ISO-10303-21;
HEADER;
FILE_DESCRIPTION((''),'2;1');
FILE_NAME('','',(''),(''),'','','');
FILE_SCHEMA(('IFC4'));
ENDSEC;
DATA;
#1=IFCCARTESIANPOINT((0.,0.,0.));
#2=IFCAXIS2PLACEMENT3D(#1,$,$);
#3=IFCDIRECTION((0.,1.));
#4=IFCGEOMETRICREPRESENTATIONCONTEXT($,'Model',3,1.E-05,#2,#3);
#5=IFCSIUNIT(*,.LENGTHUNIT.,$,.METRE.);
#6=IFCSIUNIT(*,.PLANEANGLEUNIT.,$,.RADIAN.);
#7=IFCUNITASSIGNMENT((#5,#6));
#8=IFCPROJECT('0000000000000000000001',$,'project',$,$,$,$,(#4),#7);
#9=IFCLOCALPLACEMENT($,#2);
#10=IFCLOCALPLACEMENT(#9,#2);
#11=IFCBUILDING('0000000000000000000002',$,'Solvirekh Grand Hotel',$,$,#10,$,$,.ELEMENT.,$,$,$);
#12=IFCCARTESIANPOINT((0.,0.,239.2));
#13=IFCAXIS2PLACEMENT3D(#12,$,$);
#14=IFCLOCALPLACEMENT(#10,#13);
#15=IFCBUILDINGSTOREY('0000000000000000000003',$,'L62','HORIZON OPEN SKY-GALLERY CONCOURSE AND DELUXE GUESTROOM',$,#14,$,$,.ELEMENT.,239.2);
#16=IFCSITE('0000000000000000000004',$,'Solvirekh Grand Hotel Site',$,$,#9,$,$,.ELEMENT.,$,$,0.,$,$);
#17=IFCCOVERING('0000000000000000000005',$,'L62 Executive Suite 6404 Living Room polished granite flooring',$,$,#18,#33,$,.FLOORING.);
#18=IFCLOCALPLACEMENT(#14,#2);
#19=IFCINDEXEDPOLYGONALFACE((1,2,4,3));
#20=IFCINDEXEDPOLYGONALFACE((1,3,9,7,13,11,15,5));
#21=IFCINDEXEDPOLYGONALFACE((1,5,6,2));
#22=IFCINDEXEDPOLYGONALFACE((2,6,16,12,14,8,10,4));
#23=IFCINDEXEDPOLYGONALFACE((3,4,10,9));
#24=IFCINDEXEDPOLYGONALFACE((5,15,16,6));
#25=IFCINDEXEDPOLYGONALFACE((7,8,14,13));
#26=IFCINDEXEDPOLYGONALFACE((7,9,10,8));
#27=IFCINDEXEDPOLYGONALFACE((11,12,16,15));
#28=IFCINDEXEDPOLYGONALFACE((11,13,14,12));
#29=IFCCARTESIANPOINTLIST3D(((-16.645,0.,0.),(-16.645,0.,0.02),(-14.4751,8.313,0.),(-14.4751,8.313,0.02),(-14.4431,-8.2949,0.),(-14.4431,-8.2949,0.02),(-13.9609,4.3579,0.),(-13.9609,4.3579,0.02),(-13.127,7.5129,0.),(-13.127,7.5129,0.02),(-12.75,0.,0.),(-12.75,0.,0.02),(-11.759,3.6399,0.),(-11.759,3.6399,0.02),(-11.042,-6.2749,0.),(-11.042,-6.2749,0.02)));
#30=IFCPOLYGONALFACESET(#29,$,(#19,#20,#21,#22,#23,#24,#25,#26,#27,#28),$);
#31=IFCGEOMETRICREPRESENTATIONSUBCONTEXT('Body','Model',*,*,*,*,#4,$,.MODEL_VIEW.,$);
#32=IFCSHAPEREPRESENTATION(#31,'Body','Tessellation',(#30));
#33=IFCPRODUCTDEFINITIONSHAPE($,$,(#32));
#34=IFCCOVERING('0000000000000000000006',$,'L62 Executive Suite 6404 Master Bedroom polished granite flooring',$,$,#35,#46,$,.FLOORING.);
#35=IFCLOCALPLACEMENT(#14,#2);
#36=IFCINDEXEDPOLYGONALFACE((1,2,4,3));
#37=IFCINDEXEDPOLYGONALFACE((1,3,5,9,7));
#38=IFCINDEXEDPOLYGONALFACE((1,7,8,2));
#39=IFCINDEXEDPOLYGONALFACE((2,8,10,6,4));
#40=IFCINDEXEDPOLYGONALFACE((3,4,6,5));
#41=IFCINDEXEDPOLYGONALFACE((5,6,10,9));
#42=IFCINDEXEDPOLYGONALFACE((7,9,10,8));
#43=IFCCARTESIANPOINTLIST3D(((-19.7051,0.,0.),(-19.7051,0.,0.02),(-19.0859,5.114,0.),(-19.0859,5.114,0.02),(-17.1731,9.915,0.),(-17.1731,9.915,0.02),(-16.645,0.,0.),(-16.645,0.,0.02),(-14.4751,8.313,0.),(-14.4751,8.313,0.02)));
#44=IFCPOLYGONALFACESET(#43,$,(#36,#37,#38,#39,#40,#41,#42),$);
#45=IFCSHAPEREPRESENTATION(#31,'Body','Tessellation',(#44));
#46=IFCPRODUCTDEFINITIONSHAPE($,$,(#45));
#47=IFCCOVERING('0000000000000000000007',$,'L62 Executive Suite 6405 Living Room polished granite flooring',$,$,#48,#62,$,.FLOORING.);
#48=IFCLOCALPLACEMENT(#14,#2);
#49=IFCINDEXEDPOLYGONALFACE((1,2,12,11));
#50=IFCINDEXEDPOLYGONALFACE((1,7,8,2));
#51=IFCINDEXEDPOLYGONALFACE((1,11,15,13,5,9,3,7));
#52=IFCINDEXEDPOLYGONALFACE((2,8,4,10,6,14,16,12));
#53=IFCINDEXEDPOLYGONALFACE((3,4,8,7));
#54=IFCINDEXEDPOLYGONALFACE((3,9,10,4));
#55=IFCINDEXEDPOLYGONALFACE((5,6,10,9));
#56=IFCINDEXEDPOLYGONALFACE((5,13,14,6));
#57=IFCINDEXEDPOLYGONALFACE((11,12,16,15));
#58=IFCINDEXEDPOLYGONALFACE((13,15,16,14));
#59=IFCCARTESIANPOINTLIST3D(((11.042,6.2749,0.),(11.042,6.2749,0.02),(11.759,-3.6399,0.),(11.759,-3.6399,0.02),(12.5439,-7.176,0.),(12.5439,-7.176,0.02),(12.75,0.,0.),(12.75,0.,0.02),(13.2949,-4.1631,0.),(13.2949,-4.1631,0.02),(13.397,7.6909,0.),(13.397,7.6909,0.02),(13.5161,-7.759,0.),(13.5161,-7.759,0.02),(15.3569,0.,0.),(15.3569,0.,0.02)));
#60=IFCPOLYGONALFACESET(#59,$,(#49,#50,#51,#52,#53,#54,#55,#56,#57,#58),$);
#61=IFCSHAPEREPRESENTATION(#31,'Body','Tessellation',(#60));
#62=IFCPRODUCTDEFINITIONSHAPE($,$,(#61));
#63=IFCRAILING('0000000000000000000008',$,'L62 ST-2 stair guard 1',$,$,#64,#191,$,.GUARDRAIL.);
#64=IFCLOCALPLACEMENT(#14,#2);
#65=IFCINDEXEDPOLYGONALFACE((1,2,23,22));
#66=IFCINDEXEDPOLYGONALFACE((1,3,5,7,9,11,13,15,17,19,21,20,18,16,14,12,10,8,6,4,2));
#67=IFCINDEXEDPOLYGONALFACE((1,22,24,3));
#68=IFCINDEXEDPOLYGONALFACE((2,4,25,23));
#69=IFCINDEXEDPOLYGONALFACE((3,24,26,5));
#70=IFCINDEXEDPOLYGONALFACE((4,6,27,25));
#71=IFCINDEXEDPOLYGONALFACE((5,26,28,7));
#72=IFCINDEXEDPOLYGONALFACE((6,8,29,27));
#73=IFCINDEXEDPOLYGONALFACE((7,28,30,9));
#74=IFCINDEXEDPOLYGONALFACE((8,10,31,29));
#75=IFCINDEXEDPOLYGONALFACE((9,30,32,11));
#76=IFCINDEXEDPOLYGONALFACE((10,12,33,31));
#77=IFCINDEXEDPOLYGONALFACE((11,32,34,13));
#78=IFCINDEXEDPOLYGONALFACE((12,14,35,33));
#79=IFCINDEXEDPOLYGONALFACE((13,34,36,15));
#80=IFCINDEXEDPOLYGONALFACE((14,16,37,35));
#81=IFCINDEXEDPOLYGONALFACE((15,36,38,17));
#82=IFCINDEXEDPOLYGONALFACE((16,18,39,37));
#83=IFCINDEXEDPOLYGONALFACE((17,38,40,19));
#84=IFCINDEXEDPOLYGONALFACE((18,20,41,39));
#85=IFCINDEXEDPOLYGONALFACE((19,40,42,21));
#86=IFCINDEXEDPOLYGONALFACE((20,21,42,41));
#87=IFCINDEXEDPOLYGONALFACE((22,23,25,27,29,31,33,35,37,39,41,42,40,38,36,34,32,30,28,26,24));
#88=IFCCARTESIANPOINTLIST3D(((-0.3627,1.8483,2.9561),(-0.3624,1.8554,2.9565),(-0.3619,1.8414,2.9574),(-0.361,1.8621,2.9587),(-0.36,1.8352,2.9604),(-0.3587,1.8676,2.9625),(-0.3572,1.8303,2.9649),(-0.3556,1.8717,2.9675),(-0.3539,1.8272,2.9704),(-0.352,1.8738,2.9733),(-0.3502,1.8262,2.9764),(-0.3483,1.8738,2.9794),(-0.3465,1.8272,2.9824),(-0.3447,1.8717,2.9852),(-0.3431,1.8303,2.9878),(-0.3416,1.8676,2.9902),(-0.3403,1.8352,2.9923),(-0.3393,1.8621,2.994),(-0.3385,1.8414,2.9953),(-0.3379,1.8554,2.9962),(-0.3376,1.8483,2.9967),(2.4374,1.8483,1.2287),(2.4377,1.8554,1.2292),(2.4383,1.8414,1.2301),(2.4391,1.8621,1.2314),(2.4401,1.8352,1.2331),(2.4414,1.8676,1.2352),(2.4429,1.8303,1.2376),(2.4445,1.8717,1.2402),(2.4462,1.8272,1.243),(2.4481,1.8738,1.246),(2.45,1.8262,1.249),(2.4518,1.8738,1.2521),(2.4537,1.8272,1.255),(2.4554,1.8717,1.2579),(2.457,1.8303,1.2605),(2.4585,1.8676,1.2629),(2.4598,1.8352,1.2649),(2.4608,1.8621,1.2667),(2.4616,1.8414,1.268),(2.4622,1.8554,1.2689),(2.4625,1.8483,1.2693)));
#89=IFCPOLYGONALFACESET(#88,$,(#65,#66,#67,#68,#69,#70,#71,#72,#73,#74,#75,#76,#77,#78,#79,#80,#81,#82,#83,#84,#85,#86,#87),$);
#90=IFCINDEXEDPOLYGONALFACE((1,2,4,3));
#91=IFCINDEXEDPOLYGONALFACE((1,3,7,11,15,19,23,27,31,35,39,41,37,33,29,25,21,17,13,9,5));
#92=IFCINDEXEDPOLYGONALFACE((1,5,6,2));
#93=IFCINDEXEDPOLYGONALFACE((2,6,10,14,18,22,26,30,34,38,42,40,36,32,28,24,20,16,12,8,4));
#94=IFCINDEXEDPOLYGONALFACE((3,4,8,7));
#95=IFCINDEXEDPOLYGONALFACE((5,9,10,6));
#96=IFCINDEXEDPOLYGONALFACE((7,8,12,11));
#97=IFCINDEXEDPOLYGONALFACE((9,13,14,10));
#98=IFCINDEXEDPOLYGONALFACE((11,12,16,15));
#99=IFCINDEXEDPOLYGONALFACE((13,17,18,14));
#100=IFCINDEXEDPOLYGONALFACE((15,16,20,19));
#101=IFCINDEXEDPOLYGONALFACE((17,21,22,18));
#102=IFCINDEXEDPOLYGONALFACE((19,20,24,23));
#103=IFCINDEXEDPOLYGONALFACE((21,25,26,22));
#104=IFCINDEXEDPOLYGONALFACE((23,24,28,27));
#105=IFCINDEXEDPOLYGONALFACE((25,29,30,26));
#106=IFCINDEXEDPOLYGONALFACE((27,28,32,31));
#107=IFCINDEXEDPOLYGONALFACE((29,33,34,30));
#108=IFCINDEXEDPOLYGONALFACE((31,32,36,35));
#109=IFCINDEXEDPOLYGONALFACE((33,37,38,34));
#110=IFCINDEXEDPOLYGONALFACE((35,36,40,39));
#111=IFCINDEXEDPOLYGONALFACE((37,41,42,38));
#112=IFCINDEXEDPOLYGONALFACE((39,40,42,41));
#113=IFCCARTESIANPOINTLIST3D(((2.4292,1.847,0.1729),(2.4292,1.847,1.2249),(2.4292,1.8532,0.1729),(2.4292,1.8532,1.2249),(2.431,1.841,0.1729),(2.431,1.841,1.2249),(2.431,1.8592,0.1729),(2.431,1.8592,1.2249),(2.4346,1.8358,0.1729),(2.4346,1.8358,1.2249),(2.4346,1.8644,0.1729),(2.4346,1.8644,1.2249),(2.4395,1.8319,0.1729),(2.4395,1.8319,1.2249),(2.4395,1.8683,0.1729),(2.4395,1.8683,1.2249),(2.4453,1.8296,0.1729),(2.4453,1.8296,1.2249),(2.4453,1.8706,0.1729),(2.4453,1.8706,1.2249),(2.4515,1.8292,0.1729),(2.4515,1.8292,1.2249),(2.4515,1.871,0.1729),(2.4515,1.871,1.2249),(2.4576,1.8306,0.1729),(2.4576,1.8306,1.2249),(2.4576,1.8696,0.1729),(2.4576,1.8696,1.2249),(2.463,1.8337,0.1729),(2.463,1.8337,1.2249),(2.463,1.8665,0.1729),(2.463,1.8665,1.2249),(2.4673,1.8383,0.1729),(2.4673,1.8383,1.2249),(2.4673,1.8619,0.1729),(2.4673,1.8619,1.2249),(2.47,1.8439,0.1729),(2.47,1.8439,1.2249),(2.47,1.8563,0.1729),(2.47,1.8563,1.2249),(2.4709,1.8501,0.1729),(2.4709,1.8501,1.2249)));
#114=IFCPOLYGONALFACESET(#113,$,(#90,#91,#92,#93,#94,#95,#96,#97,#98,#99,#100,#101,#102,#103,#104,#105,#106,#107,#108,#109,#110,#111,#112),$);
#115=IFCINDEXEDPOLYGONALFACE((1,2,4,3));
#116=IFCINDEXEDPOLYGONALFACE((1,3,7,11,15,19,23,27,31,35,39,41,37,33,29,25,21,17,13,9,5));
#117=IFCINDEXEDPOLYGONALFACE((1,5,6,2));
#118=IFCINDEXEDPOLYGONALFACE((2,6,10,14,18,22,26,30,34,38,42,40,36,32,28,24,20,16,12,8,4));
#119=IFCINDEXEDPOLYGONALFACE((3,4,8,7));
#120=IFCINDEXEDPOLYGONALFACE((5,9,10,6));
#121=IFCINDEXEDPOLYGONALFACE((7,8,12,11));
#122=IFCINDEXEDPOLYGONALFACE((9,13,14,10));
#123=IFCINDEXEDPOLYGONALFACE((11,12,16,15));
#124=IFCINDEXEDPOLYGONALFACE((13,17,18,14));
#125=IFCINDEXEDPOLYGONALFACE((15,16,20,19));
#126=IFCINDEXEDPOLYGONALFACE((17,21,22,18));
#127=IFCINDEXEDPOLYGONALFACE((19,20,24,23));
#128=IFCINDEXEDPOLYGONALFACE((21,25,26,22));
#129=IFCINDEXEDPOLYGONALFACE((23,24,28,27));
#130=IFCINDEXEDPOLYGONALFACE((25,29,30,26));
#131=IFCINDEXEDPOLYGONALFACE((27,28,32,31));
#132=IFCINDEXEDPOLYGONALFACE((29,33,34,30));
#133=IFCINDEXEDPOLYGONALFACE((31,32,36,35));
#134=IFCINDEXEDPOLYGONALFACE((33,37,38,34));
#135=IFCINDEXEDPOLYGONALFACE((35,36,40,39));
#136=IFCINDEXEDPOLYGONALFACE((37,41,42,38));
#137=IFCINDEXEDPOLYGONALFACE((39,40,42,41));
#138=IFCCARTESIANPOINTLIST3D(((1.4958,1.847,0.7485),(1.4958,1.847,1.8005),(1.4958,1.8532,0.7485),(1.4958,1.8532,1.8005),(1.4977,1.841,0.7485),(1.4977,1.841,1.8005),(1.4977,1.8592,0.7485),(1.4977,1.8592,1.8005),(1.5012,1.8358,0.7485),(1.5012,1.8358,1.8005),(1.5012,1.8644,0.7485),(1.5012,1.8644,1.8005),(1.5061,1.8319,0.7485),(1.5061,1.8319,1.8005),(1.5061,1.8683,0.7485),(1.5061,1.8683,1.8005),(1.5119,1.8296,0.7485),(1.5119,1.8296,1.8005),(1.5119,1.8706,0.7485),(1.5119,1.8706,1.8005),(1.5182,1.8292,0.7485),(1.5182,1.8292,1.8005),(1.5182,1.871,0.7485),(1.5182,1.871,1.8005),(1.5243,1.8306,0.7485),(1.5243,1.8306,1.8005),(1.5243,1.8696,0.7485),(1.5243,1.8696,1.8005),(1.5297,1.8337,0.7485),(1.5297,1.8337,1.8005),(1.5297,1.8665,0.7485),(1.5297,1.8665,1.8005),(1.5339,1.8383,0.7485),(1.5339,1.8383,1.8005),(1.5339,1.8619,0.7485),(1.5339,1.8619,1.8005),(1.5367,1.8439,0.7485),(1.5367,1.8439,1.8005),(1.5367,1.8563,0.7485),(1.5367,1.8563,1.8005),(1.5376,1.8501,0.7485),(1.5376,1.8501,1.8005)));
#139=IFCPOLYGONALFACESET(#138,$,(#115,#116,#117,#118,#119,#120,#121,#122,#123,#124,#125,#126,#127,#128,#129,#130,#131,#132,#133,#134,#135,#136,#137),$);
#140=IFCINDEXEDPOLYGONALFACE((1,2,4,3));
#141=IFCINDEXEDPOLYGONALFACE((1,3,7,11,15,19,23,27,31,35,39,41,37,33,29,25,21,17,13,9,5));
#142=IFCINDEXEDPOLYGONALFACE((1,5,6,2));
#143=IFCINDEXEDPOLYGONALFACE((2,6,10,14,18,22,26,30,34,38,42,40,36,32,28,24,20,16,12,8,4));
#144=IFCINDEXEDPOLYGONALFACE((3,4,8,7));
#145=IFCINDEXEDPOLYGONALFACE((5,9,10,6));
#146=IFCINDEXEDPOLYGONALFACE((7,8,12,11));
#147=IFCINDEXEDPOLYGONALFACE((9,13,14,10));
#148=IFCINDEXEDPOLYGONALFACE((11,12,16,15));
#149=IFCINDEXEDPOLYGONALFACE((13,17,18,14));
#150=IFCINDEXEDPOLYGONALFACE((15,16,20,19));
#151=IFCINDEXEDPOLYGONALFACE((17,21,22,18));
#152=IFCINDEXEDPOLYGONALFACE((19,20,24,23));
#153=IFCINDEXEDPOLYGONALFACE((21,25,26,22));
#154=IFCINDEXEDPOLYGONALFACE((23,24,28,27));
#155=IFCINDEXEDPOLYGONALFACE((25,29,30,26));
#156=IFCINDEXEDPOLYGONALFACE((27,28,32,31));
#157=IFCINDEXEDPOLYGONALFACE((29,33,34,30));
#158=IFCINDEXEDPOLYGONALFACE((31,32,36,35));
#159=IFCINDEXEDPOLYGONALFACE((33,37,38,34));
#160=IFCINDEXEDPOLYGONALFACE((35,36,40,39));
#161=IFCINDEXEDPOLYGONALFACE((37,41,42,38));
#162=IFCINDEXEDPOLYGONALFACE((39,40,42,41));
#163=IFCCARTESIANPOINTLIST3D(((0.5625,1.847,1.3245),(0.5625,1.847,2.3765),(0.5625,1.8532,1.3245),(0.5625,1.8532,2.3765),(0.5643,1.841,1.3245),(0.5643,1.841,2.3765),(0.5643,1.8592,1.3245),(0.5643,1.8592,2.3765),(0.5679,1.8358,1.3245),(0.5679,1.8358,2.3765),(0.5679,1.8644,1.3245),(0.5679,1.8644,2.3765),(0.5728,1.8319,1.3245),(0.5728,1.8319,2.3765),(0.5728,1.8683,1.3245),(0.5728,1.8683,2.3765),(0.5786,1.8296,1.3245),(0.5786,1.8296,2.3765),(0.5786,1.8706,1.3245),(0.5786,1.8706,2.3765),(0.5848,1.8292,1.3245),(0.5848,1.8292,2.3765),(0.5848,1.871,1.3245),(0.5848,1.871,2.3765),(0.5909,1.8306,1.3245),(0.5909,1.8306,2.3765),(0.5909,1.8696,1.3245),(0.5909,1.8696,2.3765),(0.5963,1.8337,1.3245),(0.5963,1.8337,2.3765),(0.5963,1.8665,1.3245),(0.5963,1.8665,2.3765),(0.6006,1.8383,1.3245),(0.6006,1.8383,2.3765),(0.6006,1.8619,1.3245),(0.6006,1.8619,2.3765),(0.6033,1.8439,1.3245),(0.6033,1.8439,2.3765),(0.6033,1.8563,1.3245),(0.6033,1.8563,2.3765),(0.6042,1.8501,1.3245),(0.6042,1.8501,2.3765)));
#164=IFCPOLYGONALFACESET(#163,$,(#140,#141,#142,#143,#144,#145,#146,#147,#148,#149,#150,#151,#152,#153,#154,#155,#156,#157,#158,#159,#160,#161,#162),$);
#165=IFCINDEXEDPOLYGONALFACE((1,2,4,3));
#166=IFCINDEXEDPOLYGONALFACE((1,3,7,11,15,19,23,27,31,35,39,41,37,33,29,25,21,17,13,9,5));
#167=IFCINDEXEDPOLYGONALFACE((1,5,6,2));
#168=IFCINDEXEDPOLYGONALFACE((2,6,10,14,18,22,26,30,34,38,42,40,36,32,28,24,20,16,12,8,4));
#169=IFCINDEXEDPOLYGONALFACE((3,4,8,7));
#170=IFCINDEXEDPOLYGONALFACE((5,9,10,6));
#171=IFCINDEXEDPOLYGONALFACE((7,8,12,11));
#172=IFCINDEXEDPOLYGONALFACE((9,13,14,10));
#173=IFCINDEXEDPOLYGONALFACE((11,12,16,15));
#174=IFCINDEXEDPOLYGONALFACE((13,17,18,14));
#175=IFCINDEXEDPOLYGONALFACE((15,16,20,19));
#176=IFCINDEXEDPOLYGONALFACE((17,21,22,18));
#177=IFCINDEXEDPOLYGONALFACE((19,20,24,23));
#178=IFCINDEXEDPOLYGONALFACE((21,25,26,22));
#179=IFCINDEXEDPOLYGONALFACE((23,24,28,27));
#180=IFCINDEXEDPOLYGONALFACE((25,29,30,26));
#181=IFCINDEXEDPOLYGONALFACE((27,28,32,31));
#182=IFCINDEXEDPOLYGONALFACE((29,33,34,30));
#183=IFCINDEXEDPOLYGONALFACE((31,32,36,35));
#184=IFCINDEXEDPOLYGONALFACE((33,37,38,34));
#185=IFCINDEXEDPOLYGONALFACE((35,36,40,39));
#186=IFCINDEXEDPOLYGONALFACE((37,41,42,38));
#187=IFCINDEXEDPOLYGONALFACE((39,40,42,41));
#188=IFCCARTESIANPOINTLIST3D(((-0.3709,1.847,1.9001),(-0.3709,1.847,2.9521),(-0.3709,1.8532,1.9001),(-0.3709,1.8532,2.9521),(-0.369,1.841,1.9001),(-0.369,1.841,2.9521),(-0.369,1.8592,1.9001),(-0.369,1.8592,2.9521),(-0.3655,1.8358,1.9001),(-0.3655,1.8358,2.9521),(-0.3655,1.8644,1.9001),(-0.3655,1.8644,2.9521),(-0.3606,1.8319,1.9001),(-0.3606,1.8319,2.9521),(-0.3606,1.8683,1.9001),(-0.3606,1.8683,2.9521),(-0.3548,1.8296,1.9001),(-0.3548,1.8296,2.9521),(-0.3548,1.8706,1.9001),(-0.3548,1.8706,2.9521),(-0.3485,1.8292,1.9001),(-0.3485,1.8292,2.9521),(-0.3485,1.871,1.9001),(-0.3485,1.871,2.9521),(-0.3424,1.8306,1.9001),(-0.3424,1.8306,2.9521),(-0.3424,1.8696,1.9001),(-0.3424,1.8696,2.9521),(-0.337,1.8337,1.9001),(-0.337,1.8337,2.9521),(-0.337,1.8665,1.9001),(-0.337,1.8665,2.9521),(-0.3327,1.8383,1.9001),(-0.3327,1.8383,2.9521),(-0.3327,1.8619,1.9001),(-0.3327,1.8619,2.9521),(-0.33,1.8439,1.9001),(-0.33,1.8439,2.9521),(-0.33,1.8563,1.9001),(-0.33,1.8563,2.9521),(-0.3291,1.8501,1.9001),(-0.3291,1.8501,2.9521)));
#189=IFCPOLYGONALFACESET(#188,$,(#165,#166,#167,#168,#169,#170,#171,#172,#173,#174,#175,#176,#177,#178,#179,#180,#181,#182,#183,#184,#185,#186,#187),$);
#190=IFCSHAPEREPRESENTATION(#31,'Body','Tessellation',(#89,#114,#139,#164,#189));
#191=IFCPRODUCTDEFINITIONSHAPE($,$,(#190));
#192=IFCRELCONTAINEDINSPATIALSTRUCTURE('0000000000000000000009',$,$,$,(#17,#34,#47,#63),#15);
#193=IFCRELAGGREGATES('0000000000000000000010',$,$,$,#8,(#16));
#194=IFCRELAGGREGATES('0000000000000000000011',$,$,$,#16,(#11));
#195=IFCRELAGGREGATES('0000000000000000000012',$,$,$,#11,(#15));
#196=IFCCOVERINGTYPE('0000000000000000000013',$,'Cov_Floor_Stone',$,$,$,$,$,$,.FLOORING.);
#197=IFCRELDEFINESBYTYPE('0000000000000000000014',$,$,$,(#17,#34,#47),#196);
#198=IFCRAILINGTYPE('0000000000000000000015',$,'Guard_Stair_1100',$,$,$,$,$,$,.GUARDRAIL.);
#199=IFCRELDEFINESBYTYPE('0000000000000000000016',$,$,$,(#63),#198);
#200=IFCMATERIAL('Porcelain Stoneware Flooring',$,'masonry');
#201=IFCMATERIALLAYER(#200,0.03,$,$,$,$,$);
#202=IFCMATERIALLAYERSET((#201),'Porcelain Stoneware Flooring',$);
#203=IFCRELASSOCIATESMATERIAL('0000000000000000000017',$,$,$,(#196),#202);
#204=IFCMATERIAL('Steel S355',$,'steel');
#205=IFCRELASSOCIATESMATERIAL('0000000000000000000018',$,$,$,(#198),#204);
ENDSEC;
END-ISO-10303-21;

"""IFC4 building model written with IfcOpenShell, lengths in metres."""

from ifc_helpers import new_model, si_unit, direction, frame, origin, origin_2d, place, context, subcontext, project, spatial, polyline, circle, outline, extrude, material, layer, layer_set, type_object, element, save


model = new_model("IFC4")

# Units and contexts
model_context = context("Model", 3, precision=1e-05, world=origin(), true_north=direction((0.0, 1.0)))
body_context = subcontext(model_context, "Body", "Model", "MODEL_VIEW")
ifc_project = project(units=[si_unit("LENGTHUNIT", "METRE"), si_unit("PLANEANGLEUNIT", "RADIAN")], contexts=[model_context])

# Site, building, storey
site_placement = place(None, origin())
site = spatial("IfcSite", under=ifc_project, at=site_placement, Name="Solvirekh Grand Hotel Site", CompositionType="ELEMENT", RefElevation=0.0)
building_placement = place(site_placement, origin())
building = spatial("IfcBuilding", under=site, at=building_placement, Name="Solvirekh Grand Hotel", CompositionType="ELEMENT")
storey_placement = place(building_placement, frame((0.0, 0.0, 239.2)))
storey = spatial("IfcBuildingStorey", under=building, at=storey_placement, Name="L62", Description="HORIZON OPEN SKY-GALLERY CONCOURSE AND DELUXE GUESTROOM", CompositionType="ELEMENT", Elevation=239.2)

# Shared definitions
ifc_material_1 = material(Name="Steel S355", Category="steel")

# Coverings
ifc_material_2 = material(Name="Porcelain Stoneware Flooring", Category="masonry")
ifc_layer_1 = layer(ifc_material_2, 0.03)
ifc_layer_set_1 = layer_set([ifc_layer_1], Name="Porcelain Stoneware Flooring")
covering_type_1 = type_object("IfcCoveringType", Name="Cov_Floor_Stone", PredefinedType="FLOORING", material=ifc_layer_set_1)
covering_1_placement = place(storey_placement, origin())
element("IfcCovering", 1, at=covering_1_placement, inside=storey, type_object=covering_type_1, Name="L62 Executive Suite 6404 Living Room polished granite flooring", PredefinedType="FLOORING", context=body_context, shape_type="SweptSolid", body=[
    extrude(outline(polyline([(-13.9609, 4.3579), (-13.127, 7.5129), (-14.4751, 8.313), (-16.645, 0.0), (-14.4431, -8.2949), (-11.042, -6.2749), (-12.75, 0.0), (-11.759, 3.6399), (-13.9609, 4.3579)])), origin(), (0.0, 0.0, 1.0), 0.02),
])
covering_2_placement = place(storey_placement, origin())
element("IfcCovering", 2, at=covering_2_placement, inside=storey, type_object=covering_type_1, Name="L62 Executive Suite 6404 Master Bedroom polished granite flooring", PredefinedType="FLOORING", context=body_context, shape_type="SweptSolid", body=[
    extrude(outline(polyline([(-17.1731, 9.915), (-19.0859, 5.114), (-19.7051, 0.0), (-16.645, 0.0), (-14.4751, 8.313), (-17.1731, 9.915)])), origin(), (0.0, 0.0, 1.0), 0.02),
])
covering_3_placement = place(storey_placement, origin())
element("IfcCovering", 3, at=covering_3_placement, inside=storey, type_object=covering_type_1, Name="L62 Executive Suite 6405 Living Room polished granite flooring", PredefinedType="FLOORING", context=body_context, shape_type="SweptSolid", body=[
    extrude(outline(polyline([(13.2949, -4.1631), (12.5439, -7.176), (13.5161, -7.759), (15.3569, 0.0), (13.397, 7.6909), (11.042, 6.2749), (12.75, 0.0), (11.759, -3.6399), (13.2949, -4.1631)])), origin(), (0.0, 0.0, 1.0), 0.02),
])

# Railing
railing_type_1 = type_object("IfcRailingType", Name="Guard_Stair_1100", PredefinedType="GUARDRAIL", material=ifc_material_1)
railing_1_placement = place(storey_placement, frame((2.45, 1.8501, 0.1729)))
element("IfcRailing", 4, at=railing_1_placement, inside=storey, type_object=railing_type_1, Name="L62 ST-2 stair guard 1", PredefinedType="GUARDRAIL", context=body_context, shape_type="SweptSolid", body=[
    extrude(circle(Radius=0.0239, at=origin_2d()), frame((0.0, 0.0, 1.0762), z_axis=(-0.85109, 0.0, 0.52502), x_axis=(0.0, -1.0, 0.0)), (0.0, 0.0, 1.0), 3.29),
    extrude(circle(Radius=0.021, at=origin_2d()), origin(), (0.0, 0.0, 1.0), 1.052),
    extrude(circle(Radius=0.021, at=origin_2d()), frame((-0.9333, 0.0, 0.5757)), (0.0, 0.0, 1.0), 1.052),
    extrude(circle(Radius=0.021, at=origin_2d()), frame((-1.8667, 0.0, 1.1516)), (0.0, 0.0, 1.0), 1.052),
    extrude(circle(Radius=0.021, at=origin_2d()), frame((-2.8, 0.0, 1.7273)), (0.0, 0.0, 1.0), 1.052),
])

save(model, "model.ifc")
